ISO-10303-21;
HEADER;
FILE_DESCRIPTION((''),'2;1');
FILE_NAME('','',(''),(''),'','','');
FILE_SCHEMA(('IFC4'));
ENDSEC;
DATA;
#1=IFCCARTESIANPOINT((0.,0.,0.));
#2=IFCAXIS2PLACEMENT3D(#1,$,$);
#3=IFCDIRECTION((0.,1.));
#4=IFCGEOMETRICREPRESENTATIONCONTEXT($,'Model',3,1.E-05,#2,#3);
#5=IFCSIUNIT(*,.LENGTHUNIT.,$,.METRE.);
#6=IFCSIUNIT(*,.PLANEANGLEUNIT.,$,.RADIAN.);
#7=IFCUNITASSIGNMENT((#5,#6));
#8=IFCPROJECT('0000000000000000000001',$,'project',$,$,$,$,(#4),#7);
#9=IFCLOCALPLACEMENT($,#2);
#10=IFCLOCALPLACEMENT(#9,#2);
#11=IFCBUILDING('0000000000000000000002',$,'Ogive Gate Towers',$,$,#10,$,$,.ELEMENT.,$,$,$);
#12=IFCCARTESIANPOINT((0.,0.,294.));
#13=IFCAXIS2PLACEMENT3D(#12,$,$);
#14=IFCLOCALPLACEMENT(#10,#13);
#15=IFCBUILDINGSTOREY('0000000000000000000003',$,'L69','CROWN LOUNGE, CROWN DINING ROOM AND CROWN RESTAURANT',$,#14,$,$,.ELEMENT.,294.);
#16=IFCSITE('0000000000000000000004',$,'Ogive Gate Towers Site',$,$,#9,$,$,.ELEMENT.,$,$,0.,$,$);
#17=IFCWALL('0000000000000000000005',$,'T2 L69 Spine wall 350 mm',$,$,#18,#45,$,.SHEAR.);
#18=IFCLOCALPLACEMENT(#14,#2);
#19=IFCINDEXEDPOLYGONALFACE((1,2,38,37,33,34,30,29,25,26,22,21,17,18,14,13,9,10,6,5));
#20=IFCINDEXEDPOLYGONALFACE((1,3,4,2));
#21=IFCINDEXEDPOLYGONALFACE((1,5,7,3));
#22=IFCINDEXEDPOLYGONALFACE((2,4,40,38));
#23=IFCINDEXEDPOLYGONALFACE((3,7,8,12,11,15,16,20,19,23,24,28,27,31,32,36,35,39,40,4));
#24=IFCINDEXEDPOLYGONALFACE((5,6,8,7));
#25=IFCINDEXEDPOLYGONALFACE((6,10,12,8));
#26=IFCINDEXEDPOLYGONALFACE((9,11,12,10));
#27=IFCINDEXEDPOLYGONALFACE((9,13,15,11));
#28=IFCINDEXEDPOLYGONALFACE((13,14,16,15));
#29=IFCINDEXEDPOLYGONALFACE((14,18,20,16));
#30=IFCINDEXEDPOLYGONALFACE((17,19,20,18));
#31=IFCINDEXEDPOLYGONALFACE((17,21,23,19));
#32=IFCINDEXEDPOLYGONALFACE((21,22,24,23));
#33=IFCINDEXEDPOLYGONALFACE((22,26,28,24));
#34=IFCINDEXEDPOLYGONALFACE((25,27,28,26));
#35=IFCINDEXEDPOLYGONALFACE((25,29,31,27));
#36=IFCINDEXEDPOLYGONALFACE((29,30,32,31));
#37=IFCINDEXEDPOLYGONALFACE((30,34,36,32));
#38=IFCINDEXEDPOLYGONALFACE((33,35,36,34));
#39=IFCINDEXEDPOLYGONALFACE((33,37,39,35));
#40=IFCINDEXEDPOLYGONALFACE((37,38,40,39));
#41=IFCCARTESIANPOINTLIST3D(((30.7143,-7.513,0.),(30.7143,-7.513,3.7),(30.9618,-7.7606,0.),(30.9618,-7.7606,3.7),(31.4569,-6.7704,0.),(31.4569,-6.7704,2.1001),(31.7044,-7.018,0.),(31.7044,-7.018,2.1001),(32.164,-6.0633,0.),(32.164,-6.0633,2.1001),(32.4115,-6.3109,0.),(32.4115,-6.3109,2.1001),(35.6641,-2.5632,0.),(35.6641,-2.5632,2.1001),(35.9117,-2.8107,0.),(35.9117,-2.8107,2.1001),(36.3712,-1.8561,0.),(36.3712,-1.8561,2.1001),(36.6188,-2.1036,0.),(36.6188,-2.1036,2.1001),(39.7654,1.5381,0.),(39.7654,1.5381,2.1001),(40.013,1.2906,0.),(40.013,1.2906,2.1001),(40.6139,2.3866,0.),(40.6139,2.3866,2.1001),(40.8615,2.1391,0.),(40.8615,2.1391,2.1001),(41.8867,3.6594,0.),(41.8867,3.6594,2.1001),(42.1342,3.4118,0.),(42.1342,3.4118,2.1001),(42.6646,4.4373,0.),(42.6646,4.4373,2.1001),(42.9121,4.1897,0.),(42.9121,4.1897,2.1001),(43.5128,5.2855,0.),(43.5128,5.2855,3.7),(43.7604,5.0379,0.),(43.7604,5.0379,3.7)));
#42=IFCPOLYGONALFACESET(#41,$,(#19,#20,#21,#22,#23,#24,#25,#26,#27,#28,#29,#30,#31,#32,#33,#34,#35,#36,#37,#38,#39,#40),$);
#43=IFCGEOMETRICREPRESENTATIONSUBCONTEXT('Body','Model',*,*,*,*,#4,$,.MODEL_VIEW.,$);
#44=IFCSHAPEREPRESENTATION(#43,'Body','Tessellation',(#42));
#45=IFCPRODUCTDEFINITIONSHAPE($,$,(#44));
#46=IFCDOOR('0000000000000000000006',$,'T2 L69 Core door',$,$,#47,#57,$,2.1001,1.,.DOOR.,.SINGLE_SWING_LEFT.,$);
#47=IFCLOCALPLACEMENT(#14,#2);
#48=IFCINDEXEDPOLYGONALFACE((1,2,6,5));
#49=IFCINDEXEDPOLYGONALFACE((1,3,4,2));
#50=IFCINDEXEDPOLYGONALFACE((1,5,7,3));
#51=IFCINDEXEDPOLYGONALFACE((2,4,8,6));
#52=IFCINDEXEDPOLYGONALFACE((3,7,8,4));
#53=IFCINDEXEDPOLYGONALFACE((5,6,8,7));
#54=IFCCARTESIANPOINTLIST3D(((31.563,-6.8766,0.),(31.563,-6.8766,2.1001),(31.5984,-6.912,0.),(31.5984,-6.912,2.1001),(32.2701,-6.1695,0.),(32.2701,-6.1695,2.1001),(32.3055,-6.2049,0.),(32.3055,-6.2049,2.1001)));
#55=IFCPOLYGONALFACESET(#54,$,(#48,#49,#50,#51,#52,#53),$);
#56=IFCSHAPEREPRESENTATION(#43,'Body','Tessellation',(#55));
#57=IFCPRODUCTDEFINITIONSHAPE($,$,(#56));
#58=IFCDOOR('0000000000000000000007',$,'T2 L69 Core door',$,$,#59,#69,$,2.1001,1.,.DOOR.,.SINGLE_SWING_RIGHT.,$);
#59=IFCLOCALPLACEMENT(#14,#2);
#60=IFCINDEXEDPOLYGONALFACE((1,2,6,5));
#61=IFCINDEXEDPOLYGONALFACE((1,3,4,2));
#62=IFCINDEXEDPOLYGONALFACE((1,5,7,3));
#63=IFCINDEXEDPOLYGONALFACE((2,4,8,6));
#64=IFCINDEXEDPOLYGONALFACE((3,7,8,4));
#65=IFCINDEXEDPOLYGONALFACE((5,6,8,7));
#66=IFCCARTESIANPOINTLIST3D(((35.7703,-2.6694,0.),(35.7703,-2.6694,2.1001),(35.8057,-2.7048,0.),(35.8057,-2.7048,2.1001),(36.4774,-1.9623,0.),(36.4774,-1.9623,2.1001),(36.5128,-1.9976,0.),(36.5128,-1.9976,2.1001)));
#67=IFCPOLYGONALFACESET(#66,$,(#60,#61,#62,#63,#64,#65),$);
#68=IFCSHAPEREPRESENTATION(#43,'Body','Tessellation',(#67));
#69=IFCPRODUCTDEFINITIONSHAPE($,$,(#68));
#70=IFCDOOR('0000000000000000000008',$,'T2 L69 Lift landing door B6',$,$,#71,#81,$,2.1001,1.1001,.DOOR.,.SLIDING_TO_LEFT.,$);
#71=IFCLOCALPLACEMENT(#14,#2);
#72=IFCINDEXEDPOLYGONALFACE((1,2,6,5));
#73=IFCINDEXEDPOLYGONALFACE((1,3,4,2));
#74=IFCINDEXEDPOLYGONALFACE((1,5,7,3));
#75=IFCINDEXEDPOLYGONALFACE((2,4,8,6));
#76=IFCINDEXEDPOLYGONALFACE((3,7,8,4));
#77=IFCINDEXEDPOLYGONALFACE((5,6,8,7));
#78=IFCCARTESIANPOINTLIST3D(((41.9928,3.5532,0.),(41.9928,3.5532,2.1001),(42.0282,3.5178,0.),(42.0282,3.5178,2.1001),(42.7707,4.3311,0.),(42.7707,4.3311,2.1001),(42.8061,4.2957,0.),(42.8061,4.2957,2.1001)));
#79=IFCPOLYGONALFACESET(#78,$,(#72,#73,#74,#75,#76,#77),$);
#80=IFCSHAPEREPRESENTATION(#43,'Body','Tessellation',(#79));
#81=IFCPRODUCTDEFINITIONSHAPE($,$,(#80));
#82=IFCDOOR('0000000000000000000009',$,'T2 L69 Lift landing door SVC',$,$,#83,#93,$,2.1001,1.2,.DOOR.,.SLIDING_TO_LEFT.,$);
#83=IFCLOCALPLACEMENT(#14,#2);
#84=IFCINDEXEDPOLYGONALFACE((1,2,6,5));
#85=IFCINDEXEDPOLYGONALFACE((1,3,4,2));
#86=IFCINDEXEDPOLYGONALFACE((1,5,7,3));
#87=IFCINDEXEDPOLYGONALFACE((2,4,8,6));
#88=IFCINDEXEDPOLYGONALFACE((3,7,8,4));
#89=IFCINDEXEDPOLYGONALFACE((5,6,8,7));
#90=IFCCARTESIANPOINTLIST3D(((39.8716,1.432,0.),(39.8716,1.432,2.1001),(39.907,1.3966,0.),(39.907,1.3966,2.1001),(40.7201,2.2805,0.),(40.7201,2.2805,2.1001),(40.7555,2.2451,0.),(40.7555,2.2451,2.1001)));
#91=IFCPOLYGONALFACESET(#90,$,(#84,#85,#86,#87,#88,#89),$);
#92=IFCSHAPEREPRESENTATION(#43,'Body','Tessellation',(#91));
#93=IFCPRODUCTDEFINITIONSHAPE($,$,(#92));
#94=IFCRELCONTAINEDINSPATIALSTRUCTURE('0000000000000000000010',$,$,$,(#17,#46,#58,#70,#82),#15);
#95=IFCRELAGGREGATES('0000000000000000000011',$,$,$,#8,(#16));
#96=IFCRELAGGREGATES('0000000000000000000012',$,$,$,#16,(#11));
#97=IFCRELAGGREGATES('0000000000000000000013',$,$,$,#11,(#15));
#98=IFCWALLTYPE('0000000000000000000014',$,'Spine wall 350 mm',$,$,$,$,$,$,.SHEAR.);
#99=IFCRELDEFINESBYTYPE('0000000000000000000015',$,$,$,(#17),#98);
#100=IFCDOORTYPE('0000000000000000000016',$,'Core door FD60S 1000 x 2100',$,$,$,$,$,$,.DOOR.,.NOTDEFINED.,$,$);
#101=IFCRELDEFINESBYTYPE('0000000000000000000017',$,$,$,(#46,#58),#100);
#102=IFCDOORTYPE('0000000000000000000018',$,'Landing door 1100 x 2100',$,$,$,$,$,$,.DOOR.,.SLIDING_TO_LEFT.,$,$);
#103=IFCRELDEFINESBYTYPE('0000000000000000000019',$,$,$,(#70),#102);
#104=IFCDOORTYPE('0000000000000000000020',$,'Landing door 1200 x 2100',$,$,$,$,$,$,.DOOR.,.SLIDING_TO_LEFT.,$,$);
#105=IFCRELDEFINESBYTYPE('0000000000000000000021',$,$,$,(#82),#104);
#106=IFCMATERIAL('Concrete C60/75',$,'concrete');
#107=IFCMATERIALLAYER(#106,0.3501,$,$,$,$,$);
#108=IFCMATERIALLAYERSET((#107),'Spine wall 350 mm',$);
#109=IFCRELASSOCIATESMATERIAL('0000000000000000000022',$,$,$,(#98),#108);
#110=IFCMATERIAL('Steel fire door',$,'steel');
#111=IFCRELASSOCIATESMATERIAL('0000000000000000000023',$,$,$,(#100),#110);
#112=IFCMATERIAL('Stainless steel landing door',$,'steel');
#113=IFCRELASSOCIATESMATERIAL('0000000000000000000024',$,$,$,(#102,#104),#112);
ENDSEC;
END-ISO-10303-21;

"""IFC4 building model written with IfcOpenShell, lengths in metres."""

from ifc_helpers import new_model, si_unit, direction, frame, frame_2d, origin, place, context, subcontext, project, spatial, rectangle, extrude, material, layer, layer_set, type_object, element, fill, save


model = new_model("IFC4")

# Units and contexts
model_context = context("Model", 3, precision=1e-05, world=origin(), true_north=direction((0.0, 1.0)))
body_context = subcontext(model_context, "Body", "Model", "MODEL_VIEW")
ifc_project = project(units=[si_unit("LENGTHUNIT", "METRE"), si_unit("PLANEANGLEUNIT", "RADIAN")], contexts=[model_context])

# Site, building, storey
site_placement = place(None, origin())
site = spatial("IfcSite", under=ifc_project, at=site_placement, Name="Ogive Gate Towers Site", CompositionType="ELEMENT", RefElevation=0.0)
building_placement = place(site_placement, origin())
building = spatial("IfcBuilding", under=site, at=building_placement, Name="Ogive Gate Towers", CompositionType="ELEMENT")
storey_placement = place(building_placement, frame((0.0, 0.0, 294.0)))
storey = spatial("IfcBuildingStorey", under=building, at=storey_placement, Name="L69", Description="CROWN LOUNGE, CROWN DINING ROOM AND CROWN RESTAURANT", CompositionType="ELEMENT", Elevation=294.0)

# Shared definitions
ifc_material_1 = material(Name="Concrete C60/75", Category="concrete")

# Wall, openings, doors
ifc_layer_1 = layer(ifc_material_1, 0.3501)
ifc_layer_set_1 = layer_set([ifc_layer_1], Name="Spine wall 350 mm")
wall_type_1 = type_object("IfcWallType", Name="Spine wall 350 mm", PredefinedType="SHEAR", material=ifc_layer_set_1)
wall_1_placement = place(storey_placement, frame((30.8381, -7.6367, 0.0), z_axis=(0.0, 0.0, 1.0), x_axis=(0.707107, 0.707107, 0.0)))
wall_1 = element("IfcWall", 1, at=wall_1_placement, inside=storey, type_object=wall_type_1, Name="T2 L69 Spine wall 350 mm", PredefinedType="SHEAR", context=body_context, shape_type="SweptSolid", body=[
    extrude(rectangle(XDim=18.0999, YDim=0.3501, at=frame_2d((9.0498, 0.0))), origin(), (0.0, 0.0, 1.0), 3.7),
])
opening_1_placement = place(wall_1_placement, frame((12.8, 0.0, 0.0)))
opening_1 = element("IfcOpeningElement", 2, at=opening_1_placement, cuts=wall_1, PredefinedType="OPENING", context=body_context, shape_type="SweptSolid", body=[
    extrude(rectangle(XDim=1.2, YDim=2.1001, at=frame_2d((0.6001, 1.05))), frame((0.0, 0.1851, 0.0), z_axis=(0.0, -1.0, 0.0), x_axis=(1.0, 0.0, 0.0)), (0.0, 0.0, 1.0), 0.3701),
])
opening_2_placement = place(wall_1_placement, frame((15.8, 0.0, 0.0)))
opening_2 = element("IfcOpeningElement", 3, at=opening_2_placement, cuts=wall_1, PredefinedType="OPENING", context=body_context, shape_type="SweptSolid", body=[
    extrude(rectangle(XDim=1.1001, YDim=2.1001, at=frame_2d((0.55, 1.05))), frame((0.0, 0.1851, 0.0), z_axis=(0.0, -1.0, 0.0), x_axis=(1.0, 0.0, 0.0)), (0.0, 0.0, 1.0), 0.3701),
])
opening_3_placement = place(wall_1_placement, frame((1.05, 0.0, 0.0)))
opening_3 = element("IfcOpeningElement", 4, at=opening_3_placement, cuts=wall_1, PredefinedType="OPENING", context=body_context, shape_type="SweptSolid", body=[
    extrude(rectangle(XDim=1.0, YDim=2.1001, at=frame_2d((0.5, 1.05))), frame((0.0, 0.1851, 0.0), z_axis=(0.0, -1.0, 0.0), x_axis=(1.0, 0.0, 0.0)), (0.0, 0.0, 1.0), 0.3701),
])
opening_4_placement = place(wall_1_placement, frame((7.0, 0.0, 0.0)))
opening_4 = element("IfcOpeningElement", 5, at=opening_4_placement, cuts=wall_1, PredefinedType="OPENING", context=body_context, shape_type="SweptSolid", body=[
    extrude(rectangle(XDim=1.0, YDim=2.1001, at=frame_2d((0.5, 1.05))), frame((0.0, 0.1851, 0.0), z_axis=(0.0, -1.0, 0.0), x_axis=(1.0, 0.0, 0.0)), (0.0, 0.0, 1.0), 0.3701),
])
ifc_material_2 = material(Name="Steel fire door", Category="steel")
door_type_1 = type_object("IfcDoorType", Name="Core door FD60S 1000 x 2100", OperationType="NOTDEFINED", PredefinedType="DOOR", material=ifc_material_2)
door_1_placement = place(opening_3_placement, origin())
door_1 = element("IfcDoor", 6, at=door_1_placement, inside=storey, type_object=door_type_1, Name="T2 L69 Core door", OperationType="SINGLE_SWING_LEFT", OverallHeight=2.1001, OverallWidth=1.0, PredefinedType="DOOR", context=body_context, shape_type="SweptSolid", body=[
    extrude(rectangle(XDim=1.0, YDim=2.1001, at=frame_2d((0.5, 1.05))), frame((0.0, 0.0249, 0.0), z_axis=(0.0, -1.0, 0.0), x_axis=(1.0, 0.0, 0.0)), (0.0, 0.0, 1.0), 0.05),
])
fill(opening_3, door_1)
door_2_placement = place(opening_4_placement, origin())
door_2 = element("IfcDoor", 7, at=door_2_placement, inside=storey, type_object=door_type_1, Name="T2 L69 Core door", OperationType="SINGLE_SWING_RIGHT", OverallHeight=2.1001, OverallWidth=1.0, PredefinedType="DOOR", context=body_context, shape_type="SweptSolid", body=[
    extrude(rectangle(XDim=1.0, YDim=2.1001, at=frame_2d((0.5, 1.05))), frame((0.0, 0.0249, 0.0), z_axis=(0.0, -1.0, 0.0), x_axis=(1.0, 0.0, 0.0)), (0.0, 0.0, 1.0), 0.05),
])
fill(opening_4, door_2)
ifc_material_3 = material(Name="Stainless steel landing door", Category="steel")
door_type_2 = type_object("IfcDoorType", Name="Landing door 1100 x 2100", OperationType="SLIDING_TO_LEFT", PredefinedType="DOOR", material=ifc_material_3)
door_3_placement = place(opening_2_placement, origin())
door_3 = element("IfcDoor", 8, at=door_3_placement, inside=storey, type_object=door_type_2, Name="T2 L69 Lift landing door B6", OperationType="SLIDING_TO_LEFT", OverallHeight=2.1001, OverallWidth=1.1001, PredefinedType="DOOR", context=body_context, shape_type="SweptSolid", body=[
    extrude(rectangle(XDim=1.1001, YDim=2.1001, at=frame_2d((0.55, 1.05))), frame((0.0, 0.0249, 0.0), z_axis=(0.0, -1.0, 0.0), x_axis=(1.0, 0.0, 0.0)), (0.0, 0.0, 1.0), 0.05),
])
fill(opening_2, door_3)
door_type_3 = type_object("IfcDoorType", Name="Landing door 1200 x 2100", OperationType="SLIDING_TO_LEFT", PredefinedType="DOOR", material=ifc_material_3)
door_4_placement = place(opening_1_placement, origin())
door_4 = element("IfcDoor", 9, at=door_4_placement, inside=storey, type_object=door_type_3, Name="T2 L69 Lift landing door SVC", OperationType="SLIDING_TO_LEFT", OverallHeight=2.1001, OverallWidth=1.2, PredefinedType="DOOR", context=body_context, shape_type="SweptSolid", body=[
    extrude(rectangle(XDim=1.2, YDim=2.1001, at=frame_2d((0.6001, 1.05))), frame((0.0, 0.0249, 0.0), z_axis=(0.0, -1.0, 0.0), x_axis=(1.0, 0.0, 0.0)), (0.0, 0.0, 1.0), 0.05),
])
fill(opening_1, door_4)

save(model, "model.ifc")
